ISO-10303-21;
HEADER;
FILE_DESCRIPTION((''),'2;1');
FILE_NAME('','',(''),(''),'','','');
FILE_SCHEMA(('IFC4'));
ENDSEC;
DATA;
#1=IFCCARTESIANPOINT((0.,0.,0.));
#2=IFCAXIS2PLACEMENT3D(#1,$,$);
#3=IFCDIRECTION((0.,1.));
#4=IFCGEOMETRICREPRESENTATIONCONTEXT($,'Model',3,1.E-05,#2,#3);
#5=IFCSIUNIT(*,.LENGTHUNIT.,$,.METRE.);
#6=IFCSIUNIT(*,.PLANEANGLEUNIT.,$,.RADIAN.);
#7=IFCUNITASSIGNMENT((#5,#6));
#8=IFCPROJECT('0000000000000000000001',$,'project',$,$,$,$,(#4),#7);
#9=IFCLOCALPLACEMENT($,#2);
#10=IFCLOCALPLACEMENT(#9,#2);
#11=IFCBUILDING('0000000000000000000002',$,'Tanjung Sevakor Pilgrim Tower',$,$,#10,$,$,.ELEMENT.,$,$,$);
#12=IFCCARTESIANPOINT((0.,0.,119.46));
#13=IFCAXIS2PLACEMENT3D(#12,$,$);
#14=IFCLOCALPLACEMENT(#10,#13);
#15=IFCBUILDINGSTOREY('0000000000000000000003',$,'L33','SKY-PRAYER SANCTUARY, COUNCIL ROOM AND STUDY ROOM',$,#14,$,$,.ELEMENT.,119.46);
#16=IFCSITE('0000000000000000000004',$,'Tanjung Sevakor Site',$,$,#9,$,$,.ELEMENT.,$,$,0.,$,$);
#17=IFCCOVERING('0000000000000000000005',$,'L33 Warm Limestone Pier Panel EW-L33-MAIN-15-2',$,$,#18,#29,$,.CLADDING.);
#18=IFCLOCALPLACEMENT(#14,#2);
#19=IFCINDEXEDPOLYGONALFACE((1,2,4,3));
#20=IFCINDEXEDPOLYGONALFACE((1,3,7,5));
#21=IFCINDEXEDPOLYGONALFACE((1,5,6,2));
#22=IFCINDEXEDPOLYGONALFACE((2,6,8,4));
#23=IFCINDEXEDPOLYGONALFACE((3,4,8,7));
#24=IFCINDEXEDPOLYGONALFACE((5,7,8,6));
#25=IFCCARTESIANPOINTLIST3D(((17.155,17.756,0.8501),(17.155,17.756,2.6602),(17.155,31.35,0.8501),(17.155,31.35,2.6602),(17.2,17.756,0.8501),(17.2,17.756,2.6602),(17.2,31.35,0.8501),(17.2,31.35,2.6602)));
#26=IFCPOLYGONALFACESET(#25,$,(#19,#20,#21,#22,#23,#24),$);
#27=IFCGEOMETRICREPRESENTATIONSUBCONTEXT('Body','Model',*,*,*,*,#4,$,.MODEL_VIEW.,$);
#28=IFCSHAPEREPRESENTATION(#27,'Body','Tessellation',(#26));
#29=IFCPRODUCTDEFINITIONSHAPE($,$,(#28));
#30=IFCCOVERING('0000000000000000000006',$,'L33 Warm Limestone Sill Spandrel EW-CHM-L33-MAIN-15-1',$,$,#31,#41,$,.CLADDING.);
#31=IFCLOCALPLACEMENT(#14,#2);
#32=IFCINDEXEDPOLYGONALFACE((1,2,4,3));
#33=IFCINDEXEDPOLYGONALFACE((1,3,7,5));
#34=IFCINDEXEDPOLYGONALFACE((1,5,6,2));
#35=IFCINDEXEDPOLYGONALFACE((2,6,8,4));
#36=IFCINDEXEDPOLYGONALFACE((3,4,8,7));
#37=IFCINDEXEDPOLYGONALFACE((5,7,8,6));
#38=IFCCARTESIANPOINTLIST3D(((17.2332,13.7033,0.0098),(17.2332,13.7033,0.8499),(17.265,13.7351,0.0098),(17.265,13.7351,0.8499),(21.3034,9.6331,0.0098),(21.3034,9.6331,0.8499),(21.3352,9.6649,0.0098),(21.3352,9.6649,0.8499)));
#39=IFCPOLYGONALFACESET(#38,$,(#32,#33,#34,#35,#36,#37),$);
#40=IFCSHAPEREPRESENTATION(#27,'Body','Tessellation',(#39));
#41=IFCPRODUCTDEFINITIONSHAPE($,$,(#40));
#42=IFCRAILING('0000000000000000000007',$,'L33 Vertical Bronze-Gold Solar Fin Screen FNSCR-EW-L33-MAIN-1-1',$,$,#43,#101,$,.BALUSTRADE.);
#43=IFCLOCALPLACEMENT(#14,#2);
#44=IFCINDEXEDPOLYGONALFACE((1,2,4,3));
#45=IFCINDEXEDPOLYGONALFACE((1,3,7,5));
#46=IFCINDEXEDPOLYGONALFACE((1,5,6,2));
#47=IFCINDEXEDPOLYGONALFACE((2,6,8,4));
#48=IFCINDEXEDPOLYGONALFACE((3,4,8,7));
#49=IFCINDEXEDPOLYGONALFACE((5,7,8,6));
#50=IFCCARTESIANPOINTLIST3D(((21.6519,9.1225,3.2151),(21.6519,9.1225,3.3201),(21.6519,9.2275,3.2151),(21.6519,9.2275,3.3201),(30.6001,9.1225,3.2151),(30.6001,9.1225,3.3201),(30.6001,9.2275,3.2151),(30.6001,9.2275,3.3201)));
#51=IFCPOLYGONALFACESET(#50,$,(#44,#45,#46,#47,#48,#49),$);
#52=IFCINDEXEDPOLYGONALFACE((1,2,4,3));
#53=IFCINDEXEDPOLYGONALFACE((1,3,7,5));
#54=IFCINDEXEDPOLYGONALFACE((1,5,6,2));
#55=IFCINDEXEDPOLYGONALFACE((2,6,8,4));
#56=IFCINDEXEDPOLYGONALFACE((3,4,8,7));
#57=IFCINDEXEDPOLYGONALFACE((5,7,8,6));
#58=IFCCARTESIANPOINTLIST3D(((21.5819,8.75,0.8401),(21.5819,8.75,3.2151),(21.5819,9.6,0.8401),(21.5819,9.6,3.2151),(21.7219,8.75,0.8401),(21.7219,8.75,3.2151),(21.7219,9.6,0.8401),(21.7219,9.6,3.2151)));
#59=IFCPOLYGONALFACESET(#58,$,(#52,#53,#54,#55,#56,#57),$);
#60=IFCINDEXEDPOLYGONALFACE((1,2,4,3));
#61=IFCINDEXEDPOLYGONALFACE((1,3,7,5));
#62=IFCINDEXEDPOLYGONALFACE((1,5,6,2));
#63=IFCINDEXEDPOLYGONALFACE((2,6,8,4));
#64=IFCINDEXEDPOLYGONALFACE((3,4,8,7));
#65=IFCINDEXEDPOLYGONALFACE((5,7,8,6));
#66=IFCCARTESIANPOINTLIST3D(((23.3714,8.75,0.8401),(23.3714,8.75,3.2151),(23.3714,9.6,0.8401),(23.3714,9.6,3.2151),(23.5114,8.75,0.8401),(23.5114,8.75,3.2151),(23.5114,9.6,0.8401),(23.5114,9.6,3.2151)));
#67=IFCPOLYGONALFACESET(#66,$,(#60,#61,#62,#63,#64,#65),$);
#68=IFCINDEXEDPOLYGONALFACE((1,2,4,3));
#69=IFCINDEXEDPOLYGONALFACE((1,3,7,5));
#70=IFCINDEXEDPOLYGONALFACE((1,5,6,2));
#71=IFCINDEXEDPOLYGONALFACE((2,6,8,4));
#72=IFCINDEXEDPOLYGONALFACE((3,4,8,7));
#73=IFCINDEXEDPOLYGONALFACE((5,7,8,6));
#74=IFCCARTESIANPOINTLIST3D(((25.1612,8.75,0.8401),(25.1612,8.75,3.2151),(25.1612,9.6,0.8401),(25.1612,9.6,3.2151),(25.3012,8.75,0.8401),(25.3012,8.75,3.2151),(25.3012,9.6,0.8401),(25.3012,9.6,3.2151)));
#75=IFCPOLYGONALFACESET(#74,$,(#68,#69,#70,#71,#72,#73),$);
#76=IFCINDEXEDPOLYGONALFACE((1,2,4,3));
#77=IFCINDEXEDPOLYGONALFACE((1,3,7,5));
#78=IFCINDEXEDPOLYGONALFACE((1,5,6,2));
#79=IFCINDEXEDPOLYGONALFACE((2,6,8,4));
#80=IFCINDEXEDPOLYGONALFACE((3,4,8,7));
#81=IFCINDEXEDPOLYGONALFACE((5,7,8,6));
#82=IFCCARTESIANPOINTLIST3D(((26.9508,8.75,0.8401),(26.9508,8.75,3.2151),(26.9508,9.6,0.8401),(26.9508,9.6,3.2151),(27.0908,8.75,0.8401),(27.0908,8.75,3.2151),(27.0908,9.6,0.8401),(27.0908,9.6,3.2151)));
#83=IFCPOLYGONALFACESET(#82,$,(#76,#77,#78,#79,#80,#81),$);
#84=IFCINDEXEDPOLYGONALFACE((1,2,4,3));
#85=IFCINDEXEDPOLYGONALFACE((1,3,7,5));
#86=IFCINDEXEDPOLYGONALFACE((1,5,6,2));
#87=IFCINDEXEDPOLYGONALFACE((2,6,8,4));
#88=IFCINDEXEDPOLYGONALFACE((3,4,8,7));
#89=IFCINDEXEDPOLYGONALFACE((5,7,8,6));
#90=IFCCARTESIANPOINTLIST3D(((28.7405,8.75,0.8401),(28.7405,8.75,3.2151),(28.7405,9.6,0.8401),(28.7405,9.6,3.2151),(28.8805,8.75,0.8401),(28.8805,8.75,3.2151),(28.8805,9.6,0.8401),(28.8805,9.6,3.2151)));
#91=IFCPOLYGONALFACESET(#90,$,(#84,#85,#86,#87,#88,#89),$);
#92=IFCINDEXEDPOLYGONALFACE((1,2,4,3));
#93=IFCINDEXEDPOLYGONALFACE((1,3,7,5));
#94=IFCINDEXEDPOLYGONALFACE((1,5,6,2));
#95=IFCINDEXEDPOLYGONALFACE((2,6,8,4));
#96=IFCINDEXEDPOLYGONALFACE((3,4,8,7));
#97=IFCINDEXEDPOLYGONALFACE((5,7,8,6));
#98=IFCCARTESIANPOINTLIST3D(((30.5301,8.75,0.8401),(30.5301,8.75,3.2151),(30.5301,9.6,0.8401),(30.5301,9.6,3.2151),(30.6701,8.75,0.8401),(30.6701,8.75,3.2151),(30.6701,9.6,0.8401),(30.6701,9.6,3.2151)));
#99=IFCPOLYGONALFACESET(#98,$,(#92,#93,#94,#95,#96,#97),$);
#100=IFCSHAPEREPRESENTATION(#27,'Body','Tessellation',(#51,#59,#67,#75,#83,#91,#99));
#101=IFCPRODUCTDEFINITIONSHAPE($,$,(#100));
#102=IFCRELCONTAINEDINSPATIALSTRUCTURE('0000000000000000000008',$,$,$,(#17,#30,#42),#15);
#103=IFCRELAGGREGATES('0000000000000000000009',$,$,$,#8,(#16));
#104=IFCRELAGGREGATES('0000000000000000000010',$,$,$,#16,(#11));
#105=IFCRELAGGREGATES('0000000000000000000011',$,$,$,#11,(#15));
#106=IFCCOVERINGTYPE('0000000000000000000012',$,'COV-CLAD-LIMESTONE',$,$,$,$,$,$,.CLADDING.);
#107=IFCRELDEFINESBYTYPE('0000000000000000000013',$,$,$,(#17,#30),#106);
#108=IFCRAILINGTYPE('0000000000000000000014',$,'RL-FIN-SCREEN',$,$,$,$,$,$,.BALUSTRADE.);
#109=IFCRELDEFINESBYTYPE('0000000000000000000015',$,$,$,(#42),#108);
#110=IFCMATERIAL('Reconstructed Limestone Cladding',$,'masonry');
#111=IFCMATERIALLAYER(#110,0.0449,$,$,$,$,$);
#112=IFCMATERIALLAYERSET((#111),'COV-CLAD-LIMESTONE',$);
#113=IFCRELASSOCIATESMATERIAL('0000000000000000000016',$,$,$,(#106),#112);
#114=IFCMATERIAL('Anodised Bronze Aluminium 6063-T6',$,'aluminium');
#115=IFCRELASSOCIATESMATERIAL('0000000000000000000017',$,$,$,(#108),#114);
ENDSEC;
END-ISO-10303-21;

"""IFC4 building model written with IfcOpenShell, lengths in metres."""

from ifc_helpers import new_model, si_unit, direction, frame, origin, origin_2d, place, context, subcontext, project, spatial, rectangle, extrude, material, layer, layer_set, type_object, element, save


model = new_model("IFC4")

# Units and contexts
model_context = context("Model", 3, precision=1e-05, world=origin(), true_north=direction((0.0, 1.0)))
body_context = subcontext(model_context, "Body", "Model", "MODEL_VIEW")
ifc_project = project(units=[si_unit("LENGTHUNIT", "METRE"), si_unit("PLANEANGLEUNIT", "RADIAN")], contexts=[model_context])

# Site, building, storey
site_placement = place(None, origin())
site = spatial("IfcSite", under=ifc_project, at=site_placement, Name="Tanjung Sevakor Site", CompositionType="ELEMENT", RefElevation=0.0)
building_placement = place(site_placement, origin())
building = spatial("IfcBuilding", under=site, at=building_placement, Name="Tanjung Sevakor Pilgrim Tower", CompositionType="ELEMENT")
storey_placement = place(building_placement, frame((0.0, 0.0, 119.46)))
storey = spatial("IfcBuildingStorey", under=building, at=storey_placement, Name="L33", Description="SKY-PRAYER SANCTUARY, COUNCIL ROOM AND STUDY ROOM", CompositionType="ELEMENT", Elevation=119.46)

# Coverings
ifc_material_1 = material(Name="Reconstructed Limestone Cladding", Category="masonry")
ifc_layer_1 = layer(ifc_material_1, 0.0449)
ifc_layer_set_1 = layer_set([ifc_layer_1], Name="COV-CLAD-LIMESTONE")
covering_type = type_object("IfcCoveringType", Name="COV-CLAD-LIMESTONE", PredefinedType="CLADDING", material=ifc_layer_set_1)
covering_1_placement = place(storey_placement, frame((17.1775, 24.553, 0.8501), z_axis=(0.0, 0.0, 1.0), x_axis=(0.0, -1.0, 0.0)))
element("IfcCovering", 1, at=covering_1_placement, inside=storey, type_object=covering_type, Name="L33 Warm Limestone Pier Panel EW-L33-MAIN-15-2", PredefinedType="CLADDING", context=body_context, shape_type="SweptSolid", body=[
    extrude(rectangle(XDim=13.594, YDim=0.0449, at=origin_2d()), origin(), (0.0, 0.0, 1.0), 1.8101),
])
covering_2_placement = place(storey_placement, frame((19.2842, 11.6841, 0.0098), z_axis=(0.0, 0.0, 1.0), x_axis=(0.707107, -0.707107, 0.0)))
element("IfcCovering", 2, at=covering_2_placement, inside=storey, type_object=covering_type, Name="L33 Warm Limestone Sill Spandrel EW-CHM-L33-MAIN-15-1", PredefinedType="CLADDING", context=body_context, shape_type="SweptSolid", body=[
    extrude(rectangle(XDim=5.7561, YDim=0.0449, at=origin_2d()), origin(), (0.0, 0.0, 1.0), 0.8401),
])

# Railing
ifc_material_2 = material(Name="Anodised Bronze Aluminium 6063-T6", Category="aluminium")
railing_type = type_object("IfcRailingType", Name="RL-FIN-SCREEN", PredefinedType="BALUSTRADE", material=ifc_material_2)
railing_placement = place(storey_placement, frame((21.6519, 9.175, 0.8401)))
element("IfcRailing", 3, at=railing_placement, inside=storey, type_object=railing_type, Name="L33 Vertical Bronze-Gold Solar Fin Screen FNSCR-EW-L33-MAIN-1-1", PredefinedType="BALUSTRADE", context=body_context, shape_type="SweptSolid", body=[
    extrude(rectangle(XDim=0.105, YDim=0.105), frame((0.0, 0.0, 2.4275), z_axis=(1.0, 0.0, 0.0), x_axis=(0.0, 1.0, 0.0)), (0.0, 0.0, 1.0), 8.9482),
    extrude(rectangle(XDim=0.14, YDim=0.85), origin(), (0.0, 0.0, 1.0), 2.375),
    extrude(rectangle(XDim=0.14, YDim=0.85), frame((1.7896, 0.0, 0.0)), (0.0, 0.0, 1.0), 2.375),
    extrude(rectangle(XDim=0.14, YDim=0.85), frame((3.5793, 0.0, 0.0)), (0.0, 0.0, 1.0), 2.375),
    extrude(rectangle(XDim=0.14, YDim=0.85), frame((5.3689, 0.0, 0.0)), (0.0, 0.0, 1.0), 2.375),
    extrude(rectangle(XDim=0.14, YDim=0.85), frame((7.1587, 0.0, 0.0)), (0.0, 0.0, 1.0), 2.375),
    extrude(rectangle(XDim=0.14, YDim=0.85), frame((8.9482, 0.0, 0.0)), (0.0, 0.0, 1.0), 2.375),
])

save(model, "model.ifc")
